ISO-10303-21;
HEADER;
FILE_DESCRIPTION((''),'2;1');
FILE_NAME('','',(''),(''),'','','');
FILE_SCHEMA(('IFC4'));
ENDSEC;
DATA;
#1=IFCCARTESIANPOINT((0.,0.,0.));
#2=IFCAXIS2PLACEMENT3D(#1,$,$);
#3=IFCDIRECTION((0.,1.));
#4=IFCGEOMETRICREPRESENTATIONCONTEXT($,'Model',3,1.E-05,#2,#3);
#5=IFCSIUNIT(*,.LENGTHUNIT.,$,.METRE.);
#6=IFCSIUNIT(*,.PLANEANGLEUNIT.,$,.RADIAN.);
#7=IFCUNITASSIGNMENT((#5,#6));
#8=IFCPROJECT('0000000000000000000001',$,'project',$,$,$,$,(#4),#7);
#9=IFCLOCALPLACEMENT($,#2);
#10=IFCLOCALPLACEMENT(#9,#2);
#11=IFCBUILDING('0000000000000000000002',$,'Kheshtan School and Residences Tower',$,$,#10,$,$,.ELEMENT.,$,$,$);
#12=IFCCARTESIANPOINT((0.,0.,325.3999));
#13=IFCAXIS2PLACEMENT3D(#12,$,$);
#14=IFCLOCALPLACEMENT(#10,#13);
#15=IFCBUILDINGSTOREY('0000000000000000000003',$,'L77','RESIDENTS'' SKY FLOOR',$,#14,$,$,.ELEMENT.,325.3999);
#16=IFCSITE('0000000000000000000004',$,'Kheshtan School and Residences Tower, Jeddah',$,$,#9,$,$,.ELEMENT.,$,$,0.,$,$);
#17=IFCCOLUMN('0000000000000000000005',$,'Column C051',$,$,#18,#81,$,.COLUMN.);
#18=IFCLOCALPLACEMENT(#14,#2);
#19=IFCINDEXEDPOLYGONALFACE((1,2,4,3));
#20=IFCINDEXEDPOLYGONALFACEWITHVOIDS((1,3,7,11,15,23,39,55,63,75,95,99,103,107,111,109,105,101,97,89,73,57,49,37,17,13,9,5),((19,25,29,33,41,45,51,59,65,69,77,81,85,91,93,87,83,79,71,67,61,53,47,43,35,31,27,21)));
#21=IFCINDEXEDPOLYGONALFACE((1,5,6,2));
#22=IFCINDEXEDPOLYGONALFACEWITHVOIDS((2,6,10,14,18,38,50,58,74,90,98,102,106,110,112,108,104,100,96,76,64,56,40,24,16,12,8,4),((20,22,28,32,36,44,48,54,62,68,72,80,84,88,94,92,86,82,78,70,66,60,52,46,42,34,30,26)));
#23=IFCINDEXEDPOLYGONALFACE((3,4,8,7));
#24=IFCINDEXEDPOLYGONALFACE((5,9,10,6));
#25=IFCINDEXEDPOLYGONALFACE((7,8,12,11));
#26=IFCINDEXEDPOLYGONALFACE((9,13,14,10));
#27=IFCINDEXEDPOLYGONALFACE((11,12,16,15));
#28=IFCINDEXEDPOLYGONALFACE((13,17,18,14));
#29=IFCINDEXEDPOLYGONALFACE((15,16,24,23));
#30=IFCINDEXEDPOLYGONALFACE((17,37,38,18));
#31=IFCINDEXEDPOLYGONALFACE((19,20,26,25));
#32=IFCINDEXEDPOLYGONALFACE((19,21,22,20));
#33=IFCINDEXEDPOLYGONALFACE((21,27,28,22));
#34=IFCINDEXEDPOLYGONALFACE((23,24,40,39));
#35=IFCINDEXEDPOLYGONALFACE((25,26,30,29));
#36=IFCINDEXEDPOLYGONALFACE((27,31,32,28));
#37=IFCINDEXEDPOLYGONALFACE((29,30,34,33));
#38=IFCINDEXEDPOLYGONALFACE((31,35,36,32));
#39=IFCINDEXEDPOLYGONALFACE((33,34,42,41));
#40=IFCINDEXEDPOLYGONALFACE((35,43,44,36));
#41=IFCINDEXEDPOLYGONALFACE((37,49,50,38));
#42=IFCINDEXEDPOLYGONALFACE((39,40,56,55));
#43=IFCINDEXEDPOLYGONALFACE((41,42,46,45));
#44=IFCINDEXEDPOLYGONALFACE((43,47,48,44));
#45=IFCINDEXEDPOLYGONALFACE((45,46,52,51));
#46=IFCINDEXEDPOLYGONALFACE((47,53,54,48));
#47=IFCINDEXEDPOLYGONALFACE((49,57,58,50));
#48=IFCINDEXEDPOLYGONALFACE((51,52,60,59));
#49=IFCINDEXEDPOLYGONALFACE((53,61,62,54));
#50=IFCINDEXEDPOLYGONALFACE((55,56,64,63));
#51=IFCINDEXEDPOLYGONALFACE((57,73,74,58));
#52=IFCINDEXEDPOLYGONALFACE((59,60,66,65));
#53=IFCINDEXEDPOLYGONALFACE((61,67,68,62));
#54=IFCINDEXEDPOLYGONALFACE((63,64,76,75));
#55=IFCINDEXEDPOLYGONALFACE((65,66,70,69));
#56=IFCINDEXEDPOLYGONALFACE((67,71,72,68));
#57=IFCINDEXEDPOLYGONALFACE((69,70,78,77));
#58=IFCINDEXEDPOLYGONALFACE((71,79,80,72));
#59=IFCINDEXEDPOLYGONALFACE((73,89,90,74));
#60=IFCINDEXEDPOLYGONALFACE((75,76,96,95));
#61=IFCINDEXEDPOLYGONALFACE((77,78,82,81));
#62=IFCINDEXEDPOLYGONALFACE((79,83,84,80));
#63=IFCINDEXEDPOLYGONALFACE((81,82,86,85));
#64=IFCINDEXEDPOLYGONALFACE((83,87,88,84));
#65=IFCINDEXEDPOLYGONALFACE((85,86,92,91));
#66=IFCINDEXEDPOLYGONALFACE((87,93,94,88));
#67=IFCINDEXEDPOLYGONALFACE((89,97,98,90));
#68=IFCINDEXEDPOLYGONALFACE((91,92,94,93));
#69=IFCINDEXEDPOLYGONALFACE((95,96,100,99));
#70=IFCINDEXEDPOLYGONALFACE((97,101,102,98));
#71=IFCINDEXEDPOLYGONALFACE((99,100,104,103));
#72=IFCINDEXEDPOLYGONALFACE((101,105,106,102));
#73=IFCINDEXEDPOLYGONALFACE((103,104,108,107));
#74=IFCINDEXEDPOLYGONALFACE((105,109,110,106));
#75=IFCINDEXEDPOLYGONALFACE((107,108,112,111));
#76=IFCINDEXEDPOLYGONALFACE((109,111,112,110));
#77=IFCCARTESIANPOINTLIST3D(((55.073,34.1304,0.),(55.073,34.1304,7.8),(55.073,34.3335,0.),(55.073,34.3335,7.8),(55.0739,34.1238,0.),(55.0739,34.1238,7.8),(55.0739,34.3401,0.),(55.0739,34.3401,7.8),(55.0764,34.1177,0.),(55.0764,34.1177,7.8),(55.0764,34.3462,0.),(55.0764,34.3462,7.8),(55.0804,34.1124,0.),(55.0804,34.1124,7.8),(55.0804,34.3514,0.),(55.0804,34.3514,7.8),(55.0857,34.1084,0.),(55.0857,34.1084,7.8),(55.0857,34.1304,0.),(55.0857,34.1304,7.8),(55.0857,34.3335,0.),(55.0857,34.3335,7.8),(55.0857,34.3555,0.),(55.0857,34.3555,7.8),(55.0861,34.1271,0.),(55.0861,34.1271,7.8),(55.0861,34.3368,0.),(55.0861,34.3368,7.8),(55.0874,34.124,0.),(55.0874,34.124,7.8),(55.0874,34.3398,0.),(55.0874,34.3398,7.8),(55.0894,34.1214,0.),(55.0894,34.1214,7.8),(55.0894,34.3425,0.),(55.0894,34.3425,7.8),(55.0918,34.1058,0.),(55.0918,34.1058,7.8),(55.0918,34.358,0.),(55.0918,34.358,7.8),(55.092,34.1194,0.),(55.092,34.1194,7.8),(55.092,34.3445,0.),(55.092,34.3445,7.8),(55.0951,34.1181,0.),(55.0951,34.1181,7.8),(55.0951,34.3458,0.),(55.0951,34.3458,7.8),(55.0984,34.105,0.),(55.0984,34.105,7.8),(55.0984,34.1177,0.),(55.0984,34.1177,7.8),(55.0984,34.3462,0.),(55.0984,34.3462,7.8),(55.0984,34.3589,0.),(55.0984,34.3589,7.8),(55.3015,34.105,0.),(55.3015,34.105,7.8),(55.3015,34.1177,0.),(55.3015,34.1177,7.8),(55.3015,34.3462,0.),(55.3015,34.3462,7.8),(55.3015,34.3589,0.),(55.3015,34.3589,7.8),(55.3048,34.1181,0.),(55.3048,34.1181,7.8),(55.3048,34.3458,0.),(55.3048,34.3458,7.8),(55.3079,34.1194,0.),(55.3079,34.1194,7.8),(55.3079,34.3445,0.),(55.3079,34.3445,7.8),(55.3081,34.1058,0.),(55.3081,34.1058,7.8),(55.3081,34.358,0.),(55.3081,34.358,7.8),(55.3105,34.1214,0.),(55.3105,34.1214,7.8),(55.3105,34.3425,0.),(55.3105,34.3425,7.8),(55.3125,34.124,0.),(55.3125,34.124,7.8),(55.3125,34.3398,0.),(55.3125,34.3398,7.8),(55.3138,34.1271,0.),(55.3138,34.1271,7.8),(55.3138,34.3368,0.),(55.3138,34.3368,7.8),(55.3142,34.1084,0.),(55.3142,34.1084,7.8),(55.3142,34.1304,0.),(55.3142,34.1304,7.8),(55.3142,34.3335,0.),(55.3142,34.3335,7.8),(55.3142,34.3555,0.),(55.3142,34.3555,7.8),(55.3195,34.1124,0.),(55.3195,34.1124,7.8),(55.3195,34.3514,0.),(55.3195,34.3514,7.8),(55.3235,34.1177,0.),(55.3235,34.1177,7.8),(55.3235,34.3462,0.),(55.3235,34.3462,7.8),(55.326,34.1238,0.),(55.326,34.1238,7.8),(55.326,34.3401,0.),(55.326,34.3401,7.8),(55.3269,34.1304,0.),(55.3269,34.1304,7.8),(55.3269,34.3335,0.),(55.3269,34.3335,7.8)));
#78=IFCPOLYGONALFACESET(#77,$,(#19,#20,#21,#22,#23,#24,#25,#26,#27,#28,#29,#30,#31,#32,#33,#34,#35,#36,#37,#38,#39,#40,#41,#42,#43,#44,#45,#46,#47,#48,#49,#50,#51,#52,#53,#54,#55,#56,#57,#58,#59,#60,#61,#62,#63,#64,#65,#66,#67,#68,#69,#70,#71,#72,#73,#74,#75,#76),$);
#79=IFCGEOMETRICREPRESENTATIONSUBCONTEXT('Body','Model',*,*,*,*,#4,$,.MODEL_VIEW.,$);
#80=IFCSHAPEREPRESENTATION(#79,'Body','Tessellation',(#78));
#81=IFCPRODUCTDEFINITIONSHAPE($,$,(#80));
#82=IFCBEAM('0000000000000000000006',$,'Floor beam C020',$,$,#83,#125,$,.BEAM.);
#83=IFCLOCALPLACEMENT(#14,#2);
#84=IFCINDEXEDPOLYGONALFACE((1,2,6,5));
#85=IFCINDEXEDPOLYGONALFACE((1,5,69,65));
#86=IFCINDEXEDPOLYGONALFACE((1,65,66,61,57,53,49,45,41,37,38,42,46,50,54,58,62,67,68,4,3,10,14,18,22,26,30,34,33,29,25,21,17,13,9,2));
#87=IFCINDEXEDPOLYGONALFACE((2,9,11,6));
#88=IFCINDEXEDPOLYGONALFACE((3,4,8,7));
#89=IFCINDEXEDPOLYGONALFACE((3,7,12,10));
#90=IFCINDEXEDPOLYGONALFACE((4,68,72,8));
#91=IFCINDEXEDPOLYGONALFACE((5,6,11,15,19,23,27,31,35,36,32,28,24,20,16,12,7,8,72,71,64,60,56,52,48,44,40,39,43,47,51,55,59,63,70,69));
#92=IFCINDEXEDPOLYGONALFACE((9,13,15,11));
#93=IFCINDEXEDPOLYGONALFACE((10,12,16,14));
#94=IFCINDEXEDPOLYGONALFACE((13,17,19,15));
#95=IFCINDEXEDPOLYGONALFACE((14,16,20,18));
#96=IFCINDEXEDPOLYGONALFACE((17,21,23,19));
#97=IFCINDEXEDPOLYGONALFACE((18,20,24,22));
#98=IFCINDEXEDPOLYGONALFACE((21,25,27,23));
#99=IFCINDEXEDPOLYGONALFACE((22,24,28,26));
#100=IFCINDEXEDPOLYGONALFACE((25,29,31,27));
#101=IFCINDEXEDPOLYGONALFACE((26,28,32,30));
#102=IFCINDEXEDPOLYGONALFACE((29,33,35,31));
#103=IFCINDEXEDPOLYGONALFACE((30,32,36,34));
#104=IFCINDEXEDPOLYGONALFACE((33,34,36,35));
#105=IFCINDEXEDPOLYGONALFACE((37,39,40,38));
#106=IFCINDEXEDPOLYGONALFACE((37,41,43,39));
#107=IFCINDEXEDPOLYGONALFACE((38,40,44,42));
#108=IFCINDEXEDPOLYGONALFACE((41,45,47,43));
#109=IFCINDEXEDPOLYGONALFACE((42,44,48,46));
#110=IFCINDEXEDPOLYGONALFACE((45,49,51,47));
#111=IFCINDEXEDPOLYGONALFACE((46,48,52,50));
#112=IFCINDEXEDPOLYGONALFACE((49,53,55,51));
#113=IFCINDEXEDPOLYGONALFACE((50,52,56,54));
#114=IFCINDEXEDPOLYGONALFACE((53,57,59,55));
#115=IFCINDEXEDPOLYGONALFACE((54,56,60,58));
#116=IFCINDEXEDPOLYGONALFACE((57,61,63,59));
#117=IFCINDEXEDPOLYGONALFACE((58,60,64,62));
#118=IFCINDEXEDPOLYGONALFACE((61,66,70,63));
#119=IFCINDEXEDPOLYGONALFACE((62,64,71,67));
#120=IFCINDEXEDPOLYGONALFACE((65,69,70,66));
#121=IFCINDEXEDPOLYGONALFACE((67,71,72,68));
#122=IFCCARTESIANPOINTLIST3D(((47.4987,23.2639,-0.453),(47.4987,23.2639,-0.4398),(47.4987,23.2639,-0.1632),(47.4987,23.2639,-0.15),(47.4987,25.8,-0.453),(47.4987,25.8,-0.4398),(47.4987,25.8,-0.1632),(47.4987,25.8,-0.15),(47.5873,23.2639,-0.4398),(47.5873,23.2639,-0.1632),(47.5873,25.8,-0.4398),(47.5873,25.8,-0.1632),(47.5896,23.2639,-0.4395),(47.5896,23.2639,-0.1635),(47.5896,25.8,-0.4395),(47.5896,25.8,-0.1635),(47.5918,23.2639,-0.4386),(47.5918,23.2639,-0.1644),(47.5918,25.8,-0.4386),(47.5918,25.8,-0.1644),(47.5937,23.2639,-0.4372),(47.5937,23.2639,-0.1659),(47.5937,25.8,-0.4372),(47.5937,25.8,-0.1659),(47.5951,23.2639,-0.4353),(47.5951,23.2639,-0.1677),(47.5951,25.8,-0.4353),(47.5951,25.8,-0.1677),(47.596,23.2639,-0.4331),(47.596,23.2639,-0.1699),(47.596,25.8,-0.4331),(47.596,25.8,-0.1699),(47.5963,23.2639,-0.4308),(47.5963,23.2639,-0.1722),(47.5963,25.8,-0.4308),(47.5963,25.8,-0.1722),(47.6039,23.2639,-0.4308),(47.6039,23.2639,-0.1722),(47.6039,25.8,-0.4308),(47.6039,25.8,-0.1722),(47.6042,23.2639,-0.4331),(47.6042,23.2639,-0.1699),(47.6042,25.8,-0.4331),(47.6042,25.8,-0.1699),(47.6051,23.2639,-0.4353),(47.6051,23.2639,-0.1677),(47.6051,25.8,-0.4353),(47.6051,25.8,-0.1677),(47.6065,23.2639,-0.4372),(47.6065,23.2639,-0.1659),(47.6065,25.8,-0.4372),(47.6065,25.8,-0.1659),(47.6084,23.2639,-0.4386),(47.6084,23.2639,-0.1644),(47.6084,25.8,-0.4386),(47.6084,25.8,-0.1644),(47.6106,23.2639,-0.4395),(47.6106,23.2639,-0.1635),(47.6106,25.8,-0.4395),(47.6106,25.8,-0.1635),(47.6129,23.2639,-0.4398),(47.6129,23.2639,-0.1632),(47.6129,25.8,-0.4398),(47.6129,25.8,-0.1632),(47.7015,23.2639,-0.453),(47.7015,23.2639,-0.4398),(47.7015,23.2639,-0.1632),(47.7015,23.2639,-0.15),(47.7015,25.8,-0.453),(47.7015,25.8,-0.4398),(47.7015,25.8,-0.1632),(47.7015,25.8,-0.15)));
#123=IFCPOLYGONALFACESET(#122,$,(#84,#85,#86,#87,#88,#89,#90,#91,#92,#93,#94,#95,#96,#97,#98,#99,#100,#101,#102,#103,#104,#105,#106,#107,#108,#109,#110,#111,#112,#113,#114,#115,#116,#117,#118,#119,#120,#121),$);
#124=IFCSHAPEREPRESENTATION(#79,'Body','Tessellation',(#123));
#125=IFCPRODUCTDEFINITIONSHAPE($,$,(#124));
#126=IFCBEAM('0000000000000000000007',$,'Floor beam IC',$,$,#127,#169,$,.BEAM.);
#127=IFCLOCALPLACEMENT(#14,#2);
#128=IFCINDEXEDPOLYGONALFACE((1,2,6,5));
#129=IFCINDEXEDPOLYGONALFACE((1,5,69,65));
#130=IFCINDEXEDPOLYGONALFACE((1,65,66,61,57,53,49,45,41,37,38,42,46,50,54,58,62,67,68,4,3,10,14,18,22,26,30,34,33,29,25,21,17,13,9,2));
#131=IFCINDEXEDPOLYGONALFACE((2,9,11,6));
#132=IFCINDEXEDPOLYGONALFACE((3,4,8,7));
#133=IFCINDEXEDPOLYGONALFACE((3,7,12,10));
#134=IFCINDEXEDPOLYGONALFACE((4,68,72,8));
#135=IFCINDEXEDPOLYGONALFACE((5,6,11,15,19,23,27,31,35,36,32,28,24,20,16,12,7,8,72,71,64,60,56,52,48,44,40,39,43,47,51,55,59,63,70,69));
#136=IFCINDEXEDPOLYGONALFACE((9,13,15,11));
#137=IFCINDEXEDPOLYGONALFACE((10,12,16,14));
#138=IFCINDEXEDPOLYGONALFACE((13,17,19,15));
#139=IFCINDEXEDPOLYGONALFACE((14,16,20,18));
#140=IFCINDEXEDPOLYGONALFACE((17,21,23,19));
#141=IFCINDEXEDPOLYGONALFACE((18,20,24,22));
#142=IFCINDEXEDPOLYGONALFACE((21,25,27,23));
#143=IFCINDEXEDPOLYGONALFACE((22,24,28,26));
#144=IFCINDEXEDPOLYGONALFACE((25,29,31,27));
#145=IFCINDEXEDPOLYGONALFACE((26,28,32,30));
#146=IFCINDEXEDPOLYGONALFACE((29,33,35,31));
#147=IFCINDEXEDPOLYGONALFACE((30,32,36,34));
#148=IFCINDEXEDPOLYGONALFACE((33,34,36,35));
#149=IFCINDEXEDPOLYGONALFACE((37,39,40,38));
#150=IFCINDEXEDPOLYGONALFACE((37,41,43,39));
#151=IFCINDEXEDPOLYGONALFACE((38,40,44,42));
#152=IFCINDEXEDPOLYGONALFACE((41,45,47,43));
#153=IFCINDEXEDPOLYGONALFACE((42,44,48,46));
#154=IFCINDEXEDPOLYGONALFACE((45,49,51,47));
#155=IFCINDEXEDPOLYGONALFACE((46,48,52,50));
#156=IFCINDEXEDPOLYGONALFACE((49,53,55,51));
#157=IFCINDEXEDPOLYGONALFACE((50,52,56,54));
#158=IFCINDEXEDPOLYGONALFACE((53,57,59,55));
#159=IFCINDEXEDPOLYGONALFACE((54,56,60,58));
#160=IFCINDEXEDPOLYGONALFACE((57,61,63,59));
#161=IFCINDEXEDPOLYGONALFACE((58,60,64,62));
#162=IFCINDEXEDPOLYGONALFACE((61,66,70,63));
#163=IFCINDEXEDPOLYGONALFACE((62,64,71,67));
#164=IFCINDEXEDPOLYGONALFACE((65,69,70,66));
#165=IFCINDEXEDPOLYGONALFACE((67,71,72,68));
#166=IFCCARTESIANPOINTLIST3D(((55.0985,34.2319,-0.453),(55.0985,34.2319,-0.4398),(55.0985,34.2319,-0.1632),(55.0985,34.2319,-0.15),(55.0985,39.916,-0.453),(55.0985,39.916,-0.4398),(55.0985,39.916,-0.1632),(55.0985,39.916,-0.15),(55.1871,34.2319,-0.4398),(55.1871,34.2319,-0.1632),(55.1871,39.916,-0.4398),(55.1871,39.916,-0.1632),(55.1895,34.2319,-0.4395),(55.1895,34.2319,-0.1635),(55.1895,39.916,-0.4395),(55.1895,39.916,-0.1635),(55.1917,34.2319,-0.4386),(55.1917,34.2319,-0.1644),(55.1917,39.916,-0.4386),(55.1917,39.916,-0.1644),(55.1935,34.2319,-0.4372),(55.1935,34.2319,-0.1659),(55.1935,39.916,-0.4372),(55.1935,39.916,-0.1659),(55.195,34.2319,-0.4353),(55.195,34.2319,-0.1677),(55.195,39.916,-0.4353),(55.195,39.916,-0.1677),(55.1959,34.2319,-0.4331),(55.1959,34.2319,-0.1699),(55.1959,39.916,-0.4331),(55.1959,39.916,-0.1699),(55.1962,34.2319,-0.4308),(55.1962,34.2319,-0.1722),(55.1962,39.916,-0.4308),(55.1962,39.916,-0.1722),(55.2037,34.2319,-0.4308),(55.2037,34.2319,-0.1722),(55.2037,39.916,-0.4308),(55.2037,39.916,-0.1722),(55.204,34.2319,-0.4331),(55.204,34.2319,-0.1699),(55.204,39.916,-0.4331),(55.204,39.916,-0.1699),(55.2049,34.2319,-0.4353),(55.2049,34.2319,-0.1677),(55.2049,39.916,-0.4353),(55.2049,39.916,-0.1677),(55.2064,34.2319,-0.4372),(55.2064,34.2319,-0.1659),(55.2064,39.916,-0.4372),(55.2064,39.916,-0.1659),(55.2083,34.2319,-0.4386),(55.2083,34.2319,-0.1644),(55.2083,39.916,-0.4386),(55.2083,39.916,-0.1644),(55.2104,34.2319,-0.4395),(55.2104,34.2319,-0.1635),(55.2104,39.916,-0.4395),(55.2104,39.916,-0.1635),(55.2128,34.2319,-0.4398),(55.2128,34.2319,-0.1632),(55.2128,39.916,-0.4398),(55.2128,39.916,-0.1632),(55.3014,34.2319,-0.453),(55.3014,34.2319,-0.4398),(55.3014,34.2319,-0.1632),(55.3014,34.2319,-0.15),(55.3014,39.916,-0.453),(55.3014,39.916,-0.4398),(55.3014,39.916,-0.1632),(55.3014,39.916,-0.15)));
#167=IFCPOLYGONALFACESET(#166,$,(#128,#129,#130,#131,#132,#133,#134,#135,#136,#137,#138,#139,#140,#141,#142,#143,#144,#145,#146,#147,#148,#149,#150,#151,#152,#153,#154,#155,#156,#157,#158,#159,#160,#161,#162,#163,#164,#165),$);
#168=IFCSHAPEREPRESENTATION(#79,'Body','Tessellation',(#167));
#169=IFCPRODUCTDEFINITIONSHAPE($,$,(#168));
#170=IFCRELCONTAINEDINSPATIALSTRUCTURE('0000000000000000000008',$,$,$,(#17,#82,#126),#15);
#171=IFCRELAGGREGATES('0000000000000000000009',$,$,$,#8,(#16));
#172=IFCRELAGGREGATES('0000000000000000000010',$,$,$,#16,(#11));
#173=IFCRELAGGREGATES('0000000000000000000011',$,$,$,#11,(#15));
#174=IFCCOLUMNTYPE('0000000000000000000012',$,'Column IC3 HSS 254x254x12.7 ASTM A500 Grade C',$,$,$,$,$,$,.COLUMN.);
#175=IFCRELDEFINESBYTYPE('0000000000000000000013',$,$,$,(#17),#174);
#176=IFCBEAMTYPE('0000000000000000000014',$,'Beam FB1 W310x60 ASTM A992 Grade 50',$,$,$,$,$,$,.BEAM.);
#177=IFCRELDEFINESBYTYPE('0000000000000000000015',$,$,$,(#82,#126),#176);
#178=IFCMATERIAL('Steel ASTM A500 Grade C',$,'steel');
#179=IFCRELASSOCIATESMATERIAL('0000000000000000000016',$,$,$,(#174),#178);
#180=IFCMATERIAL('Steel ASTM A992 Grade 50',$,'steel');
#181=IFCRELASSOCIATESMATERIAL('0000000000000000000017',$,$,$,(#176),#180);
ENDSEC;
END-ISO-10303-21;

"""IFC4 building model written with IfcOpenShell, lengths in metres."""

from ifc_helpers import new_model, si_unit, direction, frame, origin, origin_2d, place, context, subcontext, project, spatial, hollow_rectangle, i_section, extrude, material, material_profile, profile_set, type_object, element, save


model = new_model("IFC4")

# Units and contexts
model_context = context("Model", 3, precision=1e-05, world=origin(), true_north=direction((0.0, 1.0)))
body_context = subcontext(model_context, "Body", "Model", "MODEL_VIEW")
ifc_project = project(units=[si_unit("LENGTHUNIT", "METRE"), si_unit("PLANEANGLEUNIT", "RADIAN")], contexts=[model_context])

# Site, building, storey
site_placement = place(None, origin())
site = spatial("IfcSite", under=ifc_project, at=site_placement, Name="Kheshtan School and Residences Tower, Jeddah", CompositionType="ELEMENT", RefElevation=0.0)
building_placement = place(site_placement, origin())
building = spatial("IfcBuilding", under=site, at=building_placement, Name="Kheshtan School and Residences Tower", CompositionType="ELEMENT")
storey_placement = place(building_placement, frame((0.0, 0.0, 325.3999)))
storey = spatial("IfcBuildingStorey", under=building, at=storey_placement, Name="L77", Description="RESIDENTS' SKY FLOOR", CompositionType="ELEMENT", Elevation=325.3999)

# Column
ifc_material_1 = material(Name="Steel ASTM A992 Grade 50", Category="steel")
ifc_material_2 = material(Name="Steel ASTM A500 Grade C", Category="steel")
ifc_material_profile_1 = material_profile(ifc_material_2, hollow_rectangle(XDim=0.2539, YDim=0.2539, WallThickness=0.0127, InnerFilletRadius=0.0127, OuterFilletRadius=0.0254, at=origin_2d()), Name="HSS 254x254x12.7")
ifc_profile_set_1 = profile_set([ifc_material_profile_1], Name="Steel ASTM A500 Grade C")
column_type_1 = type_object("IfcColumnType", Name="Column IC3 HSS 254x254x12.7 ASTM A500 Grade C", PredefinedType="COLUMN", material=ifc_profile_set_1)
column_placement = place(storey_placement, frame((55.2, 34.2319, 0.0), z_axis=(0.0, 0.0, 1.0), x_axis=(1.0, 0.0, 0.0)))
element("IfcColumn", 1, at=column_placement, inside=storey, type_object=column_type_1, Name="Column C051", PredefinedType="COLUMN", context=body_context, shape_type="SweptSolid", body=[
    extrude(hollow_rectangle(XDim=0.2539, YDim=0.2539, WallThickness=0.0127, InnerFilletRadius=0.0127, OuterFilletRadius=0.0254, at=origin_2d()), origin(), (0.0, 0.0, 1.0), 7.8),
])

# Beams
ifc_material_profile_2 = material_profile(ifc_material_1, i_section(OverallWidth=0.2029, OverallDepth=0.303, WebThickness=0.0076, FlangeThickness=0.0132, FilletRadius=0.009, at=origin_2d()), Name="W310x60")
ifc_profile_set_2 = profile_set([ifc_material_profile_2], Name="Steel ASTM A992 Grade 50")
beam_type_1 = type_object("IfcBeamType", Name="Beam FB1 W310x60 ASTM A992 Grade 50", PredefinedType="BEAM", material=ifc_profile_set_2)
beam_1_placement = place(storey_placement, frame((47.6001, 23.2639, -0.3015), z_axis=(0.0, 1.0, 0.0), x_axis=(-1.0, 0.0, 0.0)))
element("IfcBeam", 2, at=beam_1_placement, inside=storey, type_object=beam_type_1, Name="Floor beam C020", PredefinedType="BEAM", context=body_context, shape_type="SweptSolid", body=[
    extrude(i_section(OverallWidth=0.2029, OverallDepth=0.303, WebThickness=0.0076, FlangeThickness=0.0132, FilletRadius=0.009, at=origin_2d()), origin(), (0.0, 0.0, 1.0), 2.5361),
])
beam_2_placement = place(storey_placement, frame((55.2, 34.2319, -0.3015), z_axis=(0.0, 1.0, 0.0), x_axis=(-1.0, 0.0, 0.0)))
element("IfcBeam", 3, at=beam_2_placement, inside=storey, type_object=beam_type_1, Name="Floor beam IC", PredefinedType="BEAM", context=body_context, shape_type="SweptSolid", body=[
    extrude(i_section(OverallWidth=0.2029, OverallDepth=0.303, WebThickness=0.0076, FlangeThickness=0.0132, FilletRadius=0.009, at=origin_2d()), origin(), (0.0, 0.0, 1.0), 5.6841),
])

save(model, "model.ifc")
